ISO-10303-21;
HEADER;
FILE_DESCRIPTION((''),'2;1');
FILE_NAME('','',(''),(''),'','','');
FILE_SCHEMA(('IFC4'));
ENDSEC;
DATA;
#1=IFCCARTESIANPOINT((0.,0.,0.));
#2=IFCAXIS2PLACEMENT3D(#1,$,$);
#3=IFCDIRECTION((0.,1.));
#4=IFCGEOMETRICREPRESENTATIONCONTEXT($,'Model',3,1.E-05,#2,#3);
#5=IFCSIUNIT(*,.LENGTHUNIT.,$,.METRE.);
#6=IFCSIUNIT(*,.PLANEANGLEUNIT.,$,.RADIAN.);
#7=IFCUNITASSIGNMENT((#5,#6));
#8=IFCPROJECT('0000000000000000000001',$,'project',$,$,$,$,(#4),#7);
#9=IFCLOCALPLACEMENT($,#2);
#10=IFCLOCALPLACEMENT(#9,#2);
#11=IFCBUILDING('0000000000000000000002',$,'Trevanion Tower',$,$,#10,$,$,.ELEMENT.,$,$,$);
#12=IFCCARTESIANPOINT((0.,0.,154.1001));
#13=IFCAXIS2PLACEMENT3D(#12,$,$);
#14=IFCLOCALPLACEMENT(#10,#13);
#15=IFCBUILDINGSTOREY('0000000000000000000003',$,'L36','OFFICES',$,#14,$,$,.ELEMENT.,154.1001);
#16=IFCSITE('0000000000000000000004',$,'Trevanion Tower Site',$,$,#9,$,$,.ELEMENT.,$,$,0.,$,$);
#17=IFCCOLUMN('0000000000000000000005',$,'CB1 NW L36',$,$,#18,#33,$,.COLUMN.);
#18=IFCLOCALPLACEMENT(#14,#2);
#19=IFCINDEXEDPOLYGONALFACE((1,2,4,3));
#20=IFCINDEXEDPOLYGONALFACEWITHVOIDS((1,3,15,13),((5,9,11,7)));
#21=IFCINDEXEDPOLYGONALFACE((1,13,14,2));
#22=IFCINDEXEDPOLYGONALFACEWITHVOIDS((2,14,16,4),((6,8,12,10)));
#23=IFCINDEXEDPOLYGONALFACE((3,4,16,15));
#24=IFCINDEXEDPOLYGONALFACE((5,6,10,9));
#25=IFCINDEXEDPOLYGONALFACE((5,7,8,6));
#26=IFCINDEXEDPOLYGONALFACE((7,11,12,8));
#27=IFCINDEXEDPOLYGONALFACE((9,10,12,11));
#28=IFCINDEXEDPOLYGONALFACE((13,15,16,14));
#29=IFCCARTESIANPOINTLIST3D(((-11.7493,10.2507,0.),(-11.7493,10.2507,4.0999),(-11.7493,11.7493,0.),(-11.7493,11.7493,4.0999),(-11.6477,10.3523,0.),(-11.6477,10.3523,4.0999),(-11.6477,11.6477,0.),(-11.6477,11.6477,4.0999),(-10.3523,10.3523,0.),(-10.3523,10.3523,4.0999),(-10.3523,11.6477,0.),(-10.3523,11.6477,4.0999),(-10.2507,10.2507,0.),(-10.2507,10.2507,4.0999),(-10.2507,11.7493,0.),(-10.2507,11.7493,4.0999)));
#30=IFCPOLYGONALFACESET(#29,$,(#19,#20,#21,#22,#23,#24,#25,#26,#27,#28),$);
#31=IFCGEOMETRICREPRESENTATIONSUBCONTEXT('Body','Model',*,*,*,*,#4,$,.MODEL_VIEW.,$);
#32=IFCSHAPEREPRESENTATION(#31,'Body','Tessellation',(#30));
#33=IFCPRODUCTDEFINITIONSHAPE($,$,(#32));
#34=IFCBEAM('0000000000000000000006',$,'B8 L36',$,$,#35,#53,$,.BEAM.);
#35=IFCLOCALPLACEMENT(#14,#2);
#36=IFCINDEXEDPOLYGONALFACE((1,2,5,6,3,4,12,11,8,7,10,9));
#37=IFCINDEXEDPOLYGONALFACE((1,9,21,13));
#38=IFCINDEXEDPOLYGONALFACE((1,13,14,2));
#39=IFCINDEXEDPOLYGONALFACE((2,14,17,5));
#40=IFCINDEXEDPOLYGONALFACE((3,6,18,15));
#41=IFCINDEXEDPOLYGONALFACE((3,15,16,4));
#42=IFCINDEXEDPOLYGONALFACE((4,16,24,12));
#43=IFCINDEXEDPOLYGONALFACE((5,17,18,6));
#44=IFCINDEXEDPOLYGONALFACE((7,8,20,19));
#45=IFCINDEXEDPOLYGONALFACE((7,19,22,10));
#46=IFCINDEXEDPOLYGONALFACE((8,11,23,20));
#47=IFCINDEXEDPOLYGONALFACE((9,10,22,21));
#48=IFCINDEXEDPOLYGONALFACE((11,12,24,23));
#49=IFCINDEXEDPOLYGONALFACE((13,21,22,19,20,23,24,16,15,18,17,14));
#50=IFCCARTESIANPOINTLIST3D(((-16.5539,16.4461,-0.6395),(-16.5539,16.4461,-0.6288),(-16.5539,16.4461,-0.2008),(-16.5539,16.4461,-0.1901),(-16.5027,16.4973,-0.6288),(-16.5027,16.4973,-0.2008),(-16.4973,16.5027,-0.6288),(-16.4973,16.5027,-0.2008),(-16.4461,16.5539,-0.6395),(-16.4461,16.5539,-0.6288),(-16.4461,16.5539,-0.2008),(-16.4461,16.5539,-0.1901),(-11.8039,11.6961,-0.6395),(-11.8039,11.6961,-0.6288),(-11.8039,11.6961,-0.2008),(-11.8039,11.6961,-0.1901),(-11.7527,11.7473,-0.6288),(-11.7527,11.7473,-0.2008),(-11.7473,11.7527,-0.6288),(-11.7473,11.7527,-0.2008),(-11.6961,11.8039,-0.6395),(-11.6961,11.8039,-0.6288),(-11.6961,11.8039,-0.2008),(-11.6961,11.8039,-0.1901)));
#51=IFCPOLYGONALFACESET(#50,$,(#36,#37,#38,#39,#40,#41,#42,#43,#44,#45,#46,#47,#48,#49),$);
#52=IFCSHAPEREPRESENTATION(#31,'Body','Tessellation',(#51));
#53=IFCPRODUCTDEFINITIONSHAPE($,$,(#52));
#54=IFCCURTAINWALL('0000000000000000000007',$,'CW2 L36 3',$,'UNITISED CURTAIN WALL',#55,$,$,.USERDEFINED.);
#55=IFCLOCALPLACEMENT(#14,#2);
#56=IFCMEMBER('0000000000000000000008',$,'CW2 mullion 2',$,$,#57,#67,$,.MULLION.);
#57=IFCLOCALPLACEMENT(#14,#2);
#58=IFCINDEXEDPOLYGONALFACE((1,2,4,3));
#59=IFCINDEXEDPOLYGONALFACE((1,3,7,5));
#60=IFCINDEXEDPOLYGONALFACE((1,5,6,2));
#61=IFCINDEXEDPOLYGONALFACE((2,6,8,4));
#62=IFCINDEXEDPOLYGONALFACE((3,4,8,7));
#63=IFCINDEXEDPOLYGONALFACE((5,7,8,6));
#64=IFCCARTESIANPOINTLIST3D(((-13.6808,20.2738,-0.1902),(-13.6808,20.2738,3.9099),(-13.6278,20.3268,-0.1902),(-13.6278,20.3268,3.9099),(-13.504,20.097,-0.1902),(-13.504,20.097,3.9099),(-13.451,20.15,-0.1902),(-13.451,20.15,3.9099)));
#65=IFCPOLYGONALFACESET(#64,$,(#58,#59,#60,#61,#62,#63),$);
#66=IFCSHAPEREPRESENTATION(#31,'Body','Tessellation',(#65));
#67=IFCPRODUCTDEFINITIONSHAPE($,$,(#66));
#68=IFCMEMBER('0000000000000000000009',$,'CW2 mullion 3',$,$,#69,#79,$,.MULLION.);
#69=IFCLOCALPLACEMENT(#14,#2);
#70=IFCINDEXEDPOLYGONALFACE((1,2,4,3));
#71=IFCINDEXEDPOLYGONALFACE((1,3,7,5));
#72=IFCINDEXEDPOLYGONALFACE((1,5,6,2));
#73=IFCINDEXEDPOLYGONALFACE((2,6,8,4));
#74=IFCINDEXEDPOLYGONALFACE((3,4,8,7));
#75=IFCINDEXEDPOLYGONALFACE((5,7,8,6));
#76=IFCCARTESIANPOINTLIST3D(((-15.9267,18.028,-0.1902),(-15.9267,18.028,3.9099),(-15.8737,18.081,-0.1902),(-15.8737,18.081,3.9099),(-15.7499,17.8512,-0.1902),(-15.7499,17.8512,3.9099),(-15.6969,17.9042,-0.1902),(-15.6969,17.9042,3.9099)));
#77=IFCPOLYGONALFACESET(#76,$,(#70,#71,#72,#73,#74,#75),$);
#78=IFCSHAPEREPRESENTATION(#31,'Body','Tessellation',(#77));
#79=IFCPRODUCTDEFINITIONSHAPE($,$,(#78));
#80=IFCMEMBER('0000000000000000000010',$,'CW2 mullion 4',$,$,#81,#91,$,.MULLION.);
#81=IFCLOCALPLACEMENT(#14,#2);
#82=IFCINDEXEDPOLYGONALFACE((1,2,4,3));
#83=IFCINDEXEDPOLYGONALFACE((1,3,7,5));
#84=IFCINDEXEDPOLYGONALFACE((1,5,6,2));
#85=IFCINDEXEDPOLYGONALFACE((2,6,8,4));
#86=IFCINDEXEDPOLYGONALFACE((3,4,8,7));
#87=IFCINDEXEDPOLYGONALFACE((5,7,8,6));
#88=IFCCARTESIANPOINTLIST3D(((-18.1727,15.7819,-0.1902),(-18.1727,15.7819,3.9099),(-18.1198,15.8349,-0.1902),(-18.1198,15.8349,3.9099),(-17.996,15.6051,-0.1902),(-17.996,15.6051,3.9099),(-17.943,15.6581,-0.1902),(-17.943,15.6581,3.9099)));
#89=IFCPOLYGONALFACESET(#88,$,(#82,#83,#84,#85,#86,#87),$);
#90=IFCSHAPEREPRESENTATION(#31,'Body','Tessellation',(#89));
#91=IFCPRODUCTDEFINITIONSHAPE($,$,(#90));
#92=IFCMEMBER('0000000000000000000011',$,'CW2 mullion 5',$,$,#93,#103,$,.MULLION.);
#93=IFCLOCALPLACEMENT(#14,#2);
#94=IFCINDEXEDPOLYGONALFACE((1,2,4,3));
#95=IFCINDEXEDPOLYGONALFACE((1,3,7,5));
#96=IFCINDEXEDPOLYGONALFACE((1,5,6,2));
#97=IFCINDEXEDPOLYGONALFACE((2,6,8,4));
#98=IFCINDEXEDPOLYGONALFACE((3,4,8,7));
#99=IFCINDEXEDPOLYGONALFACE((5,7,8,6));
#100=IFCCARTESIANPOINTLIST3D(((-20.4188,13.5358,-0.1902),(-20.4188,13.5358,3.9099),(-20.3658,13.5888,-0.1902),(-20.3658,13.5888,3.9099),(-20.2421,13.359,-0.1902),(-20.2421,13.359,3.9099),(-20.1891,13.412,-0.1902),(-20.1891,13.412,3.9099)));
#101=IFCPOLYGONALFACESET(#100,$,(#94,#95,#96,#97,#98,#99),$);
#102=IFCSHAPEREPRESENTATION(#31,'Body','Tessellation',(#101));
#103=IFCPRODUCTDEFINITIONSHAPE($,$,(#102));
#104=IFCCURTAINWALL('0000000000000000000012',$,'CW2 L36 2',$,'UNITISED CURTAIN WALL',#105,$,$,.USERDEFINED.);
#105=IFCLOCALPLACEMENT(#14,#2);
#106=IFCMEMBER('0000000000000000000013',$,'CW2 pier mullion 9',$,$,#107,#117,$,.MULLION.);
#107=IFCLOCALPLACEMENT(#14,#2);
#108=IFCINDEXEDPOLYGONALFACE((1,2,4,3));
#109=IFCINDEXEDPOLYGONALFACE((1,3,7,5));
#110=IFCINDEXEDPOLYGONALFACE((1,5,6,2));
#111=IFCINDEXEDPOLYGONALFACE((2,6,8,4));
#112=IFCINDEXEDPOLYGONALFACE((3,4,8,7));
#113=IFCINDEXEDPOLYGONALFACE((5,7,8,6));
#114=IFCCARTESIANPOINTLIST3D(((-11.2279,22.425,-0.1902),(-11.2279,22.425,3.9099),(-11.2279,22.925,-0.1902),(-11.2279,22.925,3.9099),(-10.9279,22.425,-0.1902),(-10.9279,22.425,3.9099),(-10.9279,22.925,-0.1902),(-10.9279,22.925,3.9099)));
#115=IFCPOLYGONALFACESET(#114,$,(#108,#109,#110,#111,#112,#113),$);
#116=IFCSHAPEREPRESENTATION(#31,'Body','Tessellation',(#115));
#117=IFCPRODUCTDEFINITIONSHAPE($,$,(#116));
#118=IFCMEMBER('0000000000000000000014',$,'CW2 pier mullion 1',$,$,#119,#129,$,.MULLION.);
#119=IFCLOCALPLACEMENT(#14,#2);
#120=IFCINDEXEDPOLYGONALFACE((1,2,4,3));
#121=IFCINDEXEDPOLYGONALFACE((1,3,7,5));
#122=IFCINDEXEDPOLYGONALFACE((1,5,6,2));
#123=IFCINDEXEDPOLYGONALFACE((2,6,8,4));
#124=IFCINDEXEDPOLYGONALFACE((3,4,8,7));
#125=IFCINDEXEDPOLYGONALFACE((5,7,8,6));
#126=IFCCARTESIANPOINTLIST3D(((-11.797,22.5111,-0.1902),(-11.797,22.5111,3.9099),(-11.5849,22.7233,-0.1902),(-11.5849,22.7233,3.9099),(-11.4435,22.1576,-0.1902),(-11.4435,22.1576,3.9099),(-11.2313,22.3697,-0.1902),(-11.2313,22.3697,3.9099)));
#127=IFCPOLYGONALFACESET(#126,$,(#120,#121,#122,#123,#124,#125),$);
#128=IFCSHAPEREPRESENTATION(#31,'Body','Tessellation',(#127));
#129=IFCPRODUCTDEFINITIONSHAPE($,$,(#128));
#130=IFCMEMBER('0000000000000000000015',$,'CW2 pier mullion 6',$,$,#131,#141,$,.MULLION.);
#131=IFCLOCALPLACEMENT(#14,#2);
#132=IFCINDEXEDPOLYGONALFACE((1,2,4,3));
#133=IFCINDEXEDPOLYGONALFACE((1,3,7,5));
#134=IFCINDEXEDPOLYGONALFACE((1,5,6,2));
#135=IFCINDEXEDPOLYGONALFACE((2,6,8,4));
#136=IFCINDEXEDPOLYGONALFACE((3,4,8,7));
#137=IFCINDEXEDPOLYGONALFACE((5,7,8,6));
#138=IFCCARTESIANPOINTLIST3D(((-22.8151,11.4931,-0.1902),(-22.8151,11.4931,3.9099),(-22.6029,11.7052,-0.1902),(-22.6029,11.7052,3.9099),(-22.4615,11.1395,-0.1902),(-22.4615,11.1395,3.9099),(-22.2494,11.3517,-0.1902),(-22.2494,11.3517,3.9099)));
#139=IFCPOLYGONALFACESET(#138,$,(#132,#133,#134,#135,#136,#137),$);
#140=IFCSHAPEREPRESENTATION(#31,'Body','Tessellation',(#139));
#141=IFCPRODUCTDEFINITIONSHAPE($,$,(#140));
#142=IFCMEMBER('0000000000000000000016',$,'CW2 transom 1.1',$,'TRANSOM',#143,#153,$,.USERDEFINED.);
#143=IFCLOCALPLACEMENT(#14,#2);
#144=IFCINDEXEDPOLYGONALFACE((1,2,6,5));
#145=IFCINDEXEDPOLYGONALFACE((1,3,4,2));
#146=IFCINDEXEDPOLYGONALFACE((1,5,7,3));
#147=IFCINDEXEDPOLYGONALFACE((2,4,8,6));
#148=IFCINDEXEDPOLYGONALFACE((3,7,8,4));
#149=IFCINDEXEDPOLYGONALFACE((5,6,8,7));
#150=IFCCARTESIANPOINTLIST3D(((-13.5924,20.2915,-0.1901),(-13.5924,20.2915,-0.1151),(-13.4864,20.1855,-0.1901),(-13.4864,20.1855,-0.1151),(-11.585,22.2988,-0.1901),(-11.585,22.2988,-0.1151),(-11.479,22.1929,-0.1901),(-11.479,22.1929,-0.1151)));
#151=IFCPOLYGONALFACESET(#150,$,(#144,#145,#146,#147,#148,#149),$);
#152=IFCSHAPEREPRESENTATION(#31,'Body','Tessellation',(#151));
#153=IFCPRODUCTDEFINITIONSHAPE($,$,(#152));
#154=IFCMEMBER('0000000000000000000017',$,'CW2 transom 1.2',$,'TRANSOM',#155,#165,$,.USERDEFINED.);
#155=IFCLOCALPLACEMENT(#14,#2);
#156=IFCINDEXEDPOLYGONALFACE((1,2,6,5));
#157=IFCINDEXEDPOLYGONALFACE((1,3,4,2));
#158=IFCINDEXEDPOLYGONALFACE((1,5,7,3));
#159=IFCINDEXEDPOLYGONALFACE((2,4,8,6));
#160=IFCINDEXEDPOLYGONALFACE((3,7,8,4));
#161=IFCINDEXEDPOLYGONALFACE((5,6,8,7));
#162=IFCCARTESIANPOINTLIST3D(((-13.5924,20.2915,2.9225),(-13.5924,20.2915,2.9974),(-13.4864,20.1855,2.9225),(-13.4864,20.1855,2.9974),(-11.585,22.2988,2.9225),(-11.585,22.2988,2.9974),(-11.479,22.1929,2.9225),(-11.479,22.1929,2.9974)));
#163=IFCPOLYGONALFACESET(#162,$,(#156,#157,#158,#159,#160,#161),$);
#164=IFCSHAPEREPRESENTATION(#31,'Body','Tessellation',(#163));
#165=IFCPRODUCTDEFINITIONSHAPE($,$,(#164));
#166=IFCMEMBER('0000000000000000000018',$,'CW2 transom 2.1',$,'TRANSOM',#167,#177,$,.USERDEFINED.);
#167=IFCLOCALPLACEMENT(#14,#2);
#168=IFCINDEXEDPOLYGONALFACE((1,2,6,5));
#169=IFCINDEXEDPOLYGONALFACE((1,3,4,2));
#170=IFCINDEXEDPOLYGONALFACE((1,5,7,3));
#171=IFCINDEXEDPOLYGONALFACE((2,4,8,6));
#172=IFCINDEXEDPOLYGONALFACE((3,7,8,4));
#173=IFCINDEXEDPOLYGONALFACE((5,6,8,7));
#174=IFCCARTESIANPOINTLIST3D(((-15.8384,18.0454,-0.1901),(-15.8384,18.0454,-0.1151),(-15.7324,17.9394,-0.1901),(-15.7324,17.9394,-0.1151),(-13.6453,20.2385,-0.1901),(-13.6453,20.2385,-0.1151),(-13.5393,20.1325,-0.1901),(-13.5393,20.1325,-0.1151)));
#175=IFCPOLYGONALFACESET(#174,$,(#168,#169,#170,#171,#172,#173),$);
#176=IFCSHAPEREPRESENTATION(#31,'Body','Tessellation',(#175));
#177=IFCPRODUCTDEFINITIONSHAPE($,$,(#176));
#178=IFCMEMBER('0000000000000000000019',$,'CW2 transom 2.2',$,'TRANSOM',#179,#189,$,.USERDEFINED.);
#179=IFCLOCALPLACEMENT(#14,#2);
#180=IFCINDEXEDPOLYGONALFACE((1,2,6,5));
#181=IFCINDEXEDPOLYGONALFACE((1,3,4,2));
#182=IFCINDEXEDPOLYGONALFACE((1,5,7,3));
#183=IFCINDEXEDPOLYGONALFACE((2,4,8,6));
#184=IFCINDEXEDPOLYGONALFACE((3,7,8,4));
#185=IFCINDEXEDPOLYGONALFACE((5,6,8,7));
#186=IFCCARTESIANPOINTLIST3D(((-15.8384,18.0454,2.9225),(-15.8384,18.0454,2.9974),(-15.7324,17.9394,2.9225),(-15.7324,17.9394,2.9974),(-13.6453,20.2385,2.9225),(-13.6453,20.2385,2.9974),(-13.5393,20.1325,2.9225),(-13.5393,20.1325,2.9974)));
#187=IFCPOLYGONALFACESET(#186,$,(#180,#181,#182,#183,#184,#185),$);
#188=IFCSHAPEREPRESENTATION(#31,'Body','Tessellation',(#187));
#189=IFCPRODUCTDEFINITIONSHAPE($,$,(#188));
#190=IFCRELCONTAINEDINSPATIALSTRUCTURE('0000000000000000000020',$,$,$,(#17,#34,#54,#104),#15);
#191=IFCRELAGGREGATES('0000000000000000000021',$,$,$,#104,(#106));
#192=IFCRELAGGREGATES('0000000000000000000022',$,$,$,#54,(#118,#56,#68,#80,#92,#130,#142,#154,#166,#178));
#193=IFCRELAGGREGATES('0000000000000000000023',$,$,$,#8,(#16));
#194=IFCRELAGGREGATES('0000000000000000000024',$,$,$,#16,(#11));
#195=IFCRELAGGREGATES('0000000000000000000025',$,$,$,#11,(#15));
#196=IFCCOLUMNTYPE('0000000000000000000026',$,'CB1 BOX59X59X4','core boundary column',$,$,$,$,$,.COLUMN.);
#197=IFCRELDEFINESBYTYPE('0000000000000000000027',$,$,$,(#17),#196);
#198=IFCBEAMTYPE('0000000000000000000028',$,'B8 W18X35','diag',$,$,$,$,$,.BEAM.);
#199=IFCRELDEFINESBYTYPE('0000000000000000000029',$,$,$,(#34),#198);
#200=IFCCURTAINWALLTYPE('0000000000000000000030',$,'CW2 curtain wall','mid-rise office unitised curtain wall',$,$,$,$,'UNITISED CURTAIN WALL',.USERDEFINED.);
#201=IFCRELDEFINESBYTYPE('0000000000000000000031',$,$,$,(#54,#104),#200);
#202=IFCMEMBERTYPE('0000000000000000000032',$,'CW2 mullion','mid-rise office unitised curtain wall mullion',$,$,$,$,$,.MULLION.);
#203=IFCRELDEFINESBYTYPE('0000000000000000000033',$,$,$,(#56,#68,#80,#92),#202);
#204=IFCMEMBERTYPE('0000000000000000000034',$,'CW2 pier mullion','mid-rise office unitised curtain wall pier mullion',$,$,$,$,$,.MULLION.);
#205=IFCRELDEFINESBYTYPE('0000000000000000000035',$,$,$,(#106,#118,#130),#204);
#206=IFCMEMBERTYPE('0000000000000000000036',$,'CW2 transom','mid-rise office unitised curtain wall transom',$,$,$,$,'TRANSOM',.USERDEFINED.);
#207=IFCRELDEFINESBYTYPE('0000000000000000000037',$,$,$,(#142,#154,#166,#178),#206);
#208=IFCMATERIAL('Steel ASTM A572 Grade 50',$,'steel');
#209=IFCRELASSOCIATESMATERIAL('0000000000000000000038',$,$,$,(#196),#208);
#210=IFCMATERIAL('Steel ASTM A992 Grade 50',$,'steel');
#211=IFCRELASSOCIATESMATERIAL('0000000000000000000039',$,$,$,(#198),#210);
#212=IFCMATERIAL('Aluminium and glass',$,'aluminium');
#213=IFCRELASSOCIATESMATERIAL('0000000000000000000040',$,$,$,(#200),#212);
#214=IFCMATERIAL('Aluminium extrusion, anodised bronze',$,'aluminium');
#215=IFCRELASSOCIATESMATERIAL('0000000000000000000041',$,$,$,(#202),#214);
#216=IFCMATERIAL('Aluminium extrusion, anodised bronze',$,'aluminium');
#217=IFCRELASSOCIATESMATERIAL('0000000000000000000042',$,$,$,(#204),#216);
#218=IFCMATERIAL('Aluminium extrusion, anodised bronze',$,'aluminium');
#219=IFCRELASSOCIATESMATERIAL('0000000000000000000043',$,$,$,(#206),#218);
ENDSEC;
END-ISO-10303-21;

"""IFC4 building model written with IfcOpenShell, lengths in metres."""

from ifc_helpers import new_model, si_unit, direction, frame, origin, origin_2d, place, context, subcontext, project, spatial, rectangle, hollow_rectangle, i_section, extrude, material, material_profile, profile_set, type_object, element, aggregate, save


model = new_model("IFC4")

# Units and contexts
model_context = context("Model", 3, precision=1e-05, world=origin(), true_north=direction((0.0, 1.0)))
body_context = subcontext(model_context, "Body", "Model", "MODEL_VIEW")
ifc_project = project(units=[si_unit("LENGTHUNIT", "METRE"), si_unit("PLANEANGLEUNIT", "RADIAN")], contexts=[model_context])

# Site, building, storey
site_placement = place(None, origin())
site = spatial("IfcSite", under=ifc_project, at=site_placement, Name="Trevanion Tower Site", CompositionType="ELEMENT", RefElevation=0.0)
building_placement = place(site_placement, origin())
building = spatial("IfcBuilding", under=site, at=building_placement, Name="Trevanion Tower", CompositionType="ELEMENT")
storey_placement = place(building_placement, frame((0.0, 0.0, 154.1001)))
storey = spatial("IfcBuildingStorey", under=building, at=storey_placement, Name="L36", Description="OFFICES", CompositionType="ELEMENT", Elevation=154.1001)

# Column
ifc_material_1 = material(Name="Steel ASTM A572 Grade 50", Category="steel")
ifc_material_profile_1 = material_profile(ifc_material_1, hollow_rectangle(XDim=1.4985, YDim=1.4985, WallThickness=0.1016, at=origin_2d()), Name="BOX59X59X4")
ifc_profile_set_1 = profile_set([ifc_material_profile_1], Name="Steel ASTM A572 Grade 50")
column_type = type_object("IfcColumnType", Name="CB1 BOX59X59X4", Description="core boundary column", PredefinedType="COLUMN", material=ifc_profile_set_1)
column_placement = place(storey_placement, frame((-11.0, 11.0, 0.0), z_axis=(0.0, 0.0, 1.0), x_axis=(1.0, 0.0, 0.0)))
element("IfcColumn", 1, at=column_placement, inside=storey, type_object=column_type, Name="CB1 NW L36", PredefinedType="COLUMN", context=body_context, shape_type="SweptSolid", body=[
    extrude(hollow_rectangle(XDim=1.4985, YDim=1.4985, WallThickness=0.1016, at=origin_2d()), origin(), (0.0, 0.0, 1.0), 4.0999),
])

# Beam
ifc_material_2 = material(Name="Steel ASTM A992 Grade 50", Category="steel")
ifc_material_profile_2 = material_profile(ifc_material_2, i_section(OverallWidth=0.1523, OverallDepth=0.4495, WebThickness=0.0076, FlangeThickness=0.0107, at=origin_2d()), Name="W18X35")
ifc_profile_set_2 = profile_set([ifc_material_profile_2], Name="Steel ASTM A992 Grade 50")
beam_type_1 = type_object("IfcBeamType", Name="B8 W18X35", Description="diag", PredefinedType="BEAM", material=ifc_profile_set_2)
beam_1_placement = place(storey_placement, frame((-11.75, 11.75, -0.4148), z_axis=(-0.707107, 0.707107, 0.0), x_axis=(-0.707107, -0.707107, 0.0)))
element("IfcBeam", 2, at=beam_1_placement, inside=storey, type_object=beam_type_1, Name="B8 L36", PredefinedType="BEAM", context=body_context, shape_type="SweptSolid", body=[
    extrude(i_section(OverallWidth=0.1523, OverallDepth=0.4495, WebThickness=0.0076, FlangeThickness=0.0107, at=origin_2d()), origin(), (0.0, 0.0, 1.0), 6.7175),
])

# Curtain wall, members
ifc_material_3 = material(Name="Aluminium and glass", Category="aluminium")
curtain_wall_type = type_object("IfcCurtainWallType", Name="CW2 curtain wall", Description="mid-rise office unitised curtain wall", ElementType="UNITISED CURTAIN WALL", PredefinedType="USERDEFINED", material=ifc_material_3)
curtain_wall_1_placement = place(storey_placement, origin())
curtain_wall_1 = element("IfcCurtainWall", 3, at=curtain_wall_1_placement, inside=storey, type_object=curtain_wall_type, Name="CW2 L36 3", ObjectType="UNITISED CURTAIN WALL", PredefinedType="USERDEFINED")
ifc_material_4 = material(Name="Aluminium extrusion, anodised bronze", Category="aluminium")
ifc_material_profile_3 = material_profile(ifc_material_4, rectangle(XDim=0.075, YDim=0.25, at=origin_2d()), Name="CW2 mullion")
ifc_profile_set_3 = profile_set([ifc_material_profile_3], Name="Aluminium extrusion, anodised bronze")
member_type_1 = type_object("IfcMemberType", Name="CW2 mullion", Description="mid-rise office unitised curtain wall mullion", PredefinedType="MULLION", material=ifc_profile_set_3)
member_1_placement = place(storey_placement, frame((-13.5659, 20.2119, -0.1902), z_axis=(0.0, 0.0, 1.0), x_axis=(-0.707107, -0.707107, 0.0)))
member_1 = element("IfcMember", 4, at=member_1_placement, type_object=member_type_1, Name="CW2 mullion 2", PredefinedType="MULLION", context=body_context, shape_type="SweptSolid", body=[
    extrude(rectangle(XDim=0.075, YDim=0.25, at=origin_2d()), origin(), (0.0, 0.0, 1.0), 4.1001),
])
member_2_placement = place(storey_placement, frame((-15.8118, 17.9661, -0.1902), z_axis=(0.0, 0.0, 1.0), x_axis=(-0.707107, -0.707107, 0.0)))
member_2 = element("IfcMember", 5, at=member_2_placement, type_object=member_type_1, Name="CW2 mullion 3", PredefinedType="MULLION", context=body_context, shape_type="SweptSolid", body=[
    extrude(rectangle(XDim=0.075, YDim=0.25, at=origin_2d()), origin(), (0.0, 0.0, 1.0), 4.1001),
])
member_3_placement = place(storey_placement, frame((-18.0579, 15.72, -0.1902), z_axis=(0.0, 0.0, 1.0), x_axis=(-0.707107, -0.707107, 0.0)))
member_3 = element("IfcMember", 6, at=member_3_placement, type_object=member_type_1, Name="CW2 mullion 4", PredefinedType="MULLION", context=body_context, shape_type="SweptSolid", body=[
    extrude(rectangle(XDim=0.075, YDim=0.25, at=origin_2d()), origin(), (0.0, 0.0, 1.0), 4.1001),
])
member_4_placement = place(storey_placement, frame((-20.304, 13.4739, -0.1902), z_axis=(0.0, 0.0, 1.0), x_axis=(-0.707107, -0.707107, 0.0)))
member_4 = element("IfcMember", 7, at=member_4_placement, type_object=member_type_1, Name="CW2 mullion 5", PredefinedType="MULLION", context=body_context, shape_type="SweptSolid", body=[
    extrude(rectangle(XDim=0.075, YDim=0.25, at=origin_2d()), origin(), (0.0, 0.0, 1.0), 4.1001),
])

# Curtain wall, member
curtain_wall_2_placement = place(storey_placement, origin())
curtain_wall_2 = element("IfcCurtainWall", 8, at=curtain_wall_2_placement, inside=storey, type_object=curtain_wall_type, Name="CW2 L36 2", ObjectType="UNITISED CURTAIN WALL", PredefinedType="USERDEFINED")
ifc_material_5 = material(Name="Aluminium extrusion, anodised bronze", Category="aluminium")
ifc_material_profile_4 = material_profile(ifc_material_5, rectangle(XDim=0.3, YDim=0.5, at=origin_2d()), Name="CW2 pier mullion")
ifc_profile_set_4 = profile_set([ifc_material_profile_4], Name="Aluminium extrusion, anodised bronze")
member_type_2 = type_object("IfcMemberType", Name="CW2 pier mullion", Description="mid-rise office unitised curtain wall pier mullion", PredefinedType="MULLION", material=ifc_profile_set_4)
member_5_placement = place(storey_placement, frame((-11.0779, 22.675, -0.1902), z_axis=(0.0, 0.0, 1.0), x_axis=(-1.0, 0.0, 0.0)))
member_5 = element("IfcMember", 9, at=member_5_placement, type_object=member_type_2, Name="CW2 pier mullion 9", PredefinedType="MULLION", context=body_context, shape_type="SweptSolid", body=[
    extrude(rectangle(XDim=0.3, YDim=0.5, at=origin_2d()), origin(), (0.0, 0.0, 1.0), 4.1001),
])
aggregate(curtain_wall_2, [member_5])

# Members
member_6_placement = place(storey_placement, frame((-11.5142, 22.4404, -0.1902), z_axis=(0.0, 0.0, 1.0), x_axis=(-0.707107, -0.707107, 0.0)))
member_6 = element("IfcMember", 10, at=member_6_placement, type_object=member_type_2, Name="CW2 pier mullion 1", PredefinedType="MULLION", context=body_context, shape_type="SweptSolid", body=[
    extrude(rectangle(XDim=0.3, YDim=0.5, at=origin_2d()), origin(), (0.0, 0.0, 1.0), 4.1001),
])
member_7_placement = place(storey_placement, frame((-22.5322, 11.4224, -0.1902), z_axis=(0.0, 0.0, 1.0), x_axis=(-0.707107, -0.707107, 0.0)))
member_7 = element("IfcMember", 11, at=member_7_placement, type_object=member_type_2, Name="CW2 pier mullion 6", PredefinedType="MULLION", context=body_context, shape_type="SweptSolid", body=[
    extrude(rectangle(XDim=0.3, YDim=0.5, at=origin_2d()), origin(), (0.0, 0.0, 1.0), 4.1001),
])
ifc_material_6 = material(Name="Aluminium extrusion, anodised bronze", Category="aluminium")
ifc_material_profile_5 = material_profile(ifc_material_6, rectangle(XDim=0.1499, YDim=0.075, at=origin_2d()), Name="CW2 transom")
ifc_profile_set_5 = profile_set([ifc_material_profile_5], Name="Aluminium extrusion, anodised bronze")
member_type_3 = type_object("IfcMemberType", Name="CW2 transom", Description="mid-rise office unitised curtain wall transom", ElementType="TRANSOM", PredefinedType="USERDEFINED", material=ifc_profile_set_5)
member_8_placement = place(storey_placement, frame((-11.532, 22.2458, -0.1526), z_axis=(-0.707107, -0.707107, 0.0), x_axis=(0.707107, -0.707107, 0.0)))
member_8 = element("IfcMember", 12, at=member_8_placement, type_object=member_type_3, Name="CW2 transom 1.1", ObjectType="TRANSOM", PredefinedType="USERDEFINED", context=body_context, shape_type="SweptSolid", body=[
    extrude(rectangle(XDim=0.1499, YDim=0.075, at=origin_2d()), origin(), (0.0, 0.0, 1.0), 2.8389),
])
member_9_placement = place(storey_placement, frame((-11.532, 22.2458, 2.96), z_axis=(-0.707107, -0.707107, 0.0), x_axis=(0.707107, -0.707107, 0.0)))
member_9 = element("IfcMember", 13, at=member_9_placement, type_object=member_type_3, Name="CW2 transom 1.2", ObjectType="TRANSOM", PredefinedType="USERDEFINED", context=body_context, shape_type="SweptSolid", body=[
    extrude(rectangle(XDim=0.1499, YDim=0.075, at=origin_2d()), origin(), (0.0, 0.0, 1.0), 2.8389),
])
member_10_placement = place(storey_placement, frame((-13.5923, 20.1855, -0.1526), z_axis=(-0.707107, -0.707107, 0.0), x_axis=(0.707107, -0.707107, 0.0)))
member_10 = element("IfcMember", 14, at=member_10_placement, type_object=member_type_3, Name="CW2 transom 2.1", ObjectType="TRANSOM", PredefinedType="USERDEFINED", context=body_context, shape_type="SweptSolid", body=[
    extrude(rectangle(XDim=0.1499, YDim=0.075, at=origin_2d()), origin(), (0.0, 0.0, 1.0), 3.1016),
])
member_11_placement = place(storey_placement, frame((-13.5923, 20.1855, 2.96), z_axis=(-0.707107, -0.707107, 0.0), x_axis=(0.707107, -0.707107, 0.0)))
member_11 = element("IfcMember", 15, at=member_11_placement, type_object=member_type_3, Name="CW2 transom 2.2", ObjectType="TRANSOM", PredefinedType="USERDEFINED", context=body_context, shape_type="SweptSolid", body=[
    extrude(rectangle(XDim=0.1499, YDim=0.075, at=origin_2d()), origin(), (0.0, 0.0, 1.0), 3.1016),
])

aggregate(curtain_wall_1, [member_6, member_1, member_2, member_3, member_4, member_7, member_8, member_9, member_10, member_11])

save(model, "model.ifc")
